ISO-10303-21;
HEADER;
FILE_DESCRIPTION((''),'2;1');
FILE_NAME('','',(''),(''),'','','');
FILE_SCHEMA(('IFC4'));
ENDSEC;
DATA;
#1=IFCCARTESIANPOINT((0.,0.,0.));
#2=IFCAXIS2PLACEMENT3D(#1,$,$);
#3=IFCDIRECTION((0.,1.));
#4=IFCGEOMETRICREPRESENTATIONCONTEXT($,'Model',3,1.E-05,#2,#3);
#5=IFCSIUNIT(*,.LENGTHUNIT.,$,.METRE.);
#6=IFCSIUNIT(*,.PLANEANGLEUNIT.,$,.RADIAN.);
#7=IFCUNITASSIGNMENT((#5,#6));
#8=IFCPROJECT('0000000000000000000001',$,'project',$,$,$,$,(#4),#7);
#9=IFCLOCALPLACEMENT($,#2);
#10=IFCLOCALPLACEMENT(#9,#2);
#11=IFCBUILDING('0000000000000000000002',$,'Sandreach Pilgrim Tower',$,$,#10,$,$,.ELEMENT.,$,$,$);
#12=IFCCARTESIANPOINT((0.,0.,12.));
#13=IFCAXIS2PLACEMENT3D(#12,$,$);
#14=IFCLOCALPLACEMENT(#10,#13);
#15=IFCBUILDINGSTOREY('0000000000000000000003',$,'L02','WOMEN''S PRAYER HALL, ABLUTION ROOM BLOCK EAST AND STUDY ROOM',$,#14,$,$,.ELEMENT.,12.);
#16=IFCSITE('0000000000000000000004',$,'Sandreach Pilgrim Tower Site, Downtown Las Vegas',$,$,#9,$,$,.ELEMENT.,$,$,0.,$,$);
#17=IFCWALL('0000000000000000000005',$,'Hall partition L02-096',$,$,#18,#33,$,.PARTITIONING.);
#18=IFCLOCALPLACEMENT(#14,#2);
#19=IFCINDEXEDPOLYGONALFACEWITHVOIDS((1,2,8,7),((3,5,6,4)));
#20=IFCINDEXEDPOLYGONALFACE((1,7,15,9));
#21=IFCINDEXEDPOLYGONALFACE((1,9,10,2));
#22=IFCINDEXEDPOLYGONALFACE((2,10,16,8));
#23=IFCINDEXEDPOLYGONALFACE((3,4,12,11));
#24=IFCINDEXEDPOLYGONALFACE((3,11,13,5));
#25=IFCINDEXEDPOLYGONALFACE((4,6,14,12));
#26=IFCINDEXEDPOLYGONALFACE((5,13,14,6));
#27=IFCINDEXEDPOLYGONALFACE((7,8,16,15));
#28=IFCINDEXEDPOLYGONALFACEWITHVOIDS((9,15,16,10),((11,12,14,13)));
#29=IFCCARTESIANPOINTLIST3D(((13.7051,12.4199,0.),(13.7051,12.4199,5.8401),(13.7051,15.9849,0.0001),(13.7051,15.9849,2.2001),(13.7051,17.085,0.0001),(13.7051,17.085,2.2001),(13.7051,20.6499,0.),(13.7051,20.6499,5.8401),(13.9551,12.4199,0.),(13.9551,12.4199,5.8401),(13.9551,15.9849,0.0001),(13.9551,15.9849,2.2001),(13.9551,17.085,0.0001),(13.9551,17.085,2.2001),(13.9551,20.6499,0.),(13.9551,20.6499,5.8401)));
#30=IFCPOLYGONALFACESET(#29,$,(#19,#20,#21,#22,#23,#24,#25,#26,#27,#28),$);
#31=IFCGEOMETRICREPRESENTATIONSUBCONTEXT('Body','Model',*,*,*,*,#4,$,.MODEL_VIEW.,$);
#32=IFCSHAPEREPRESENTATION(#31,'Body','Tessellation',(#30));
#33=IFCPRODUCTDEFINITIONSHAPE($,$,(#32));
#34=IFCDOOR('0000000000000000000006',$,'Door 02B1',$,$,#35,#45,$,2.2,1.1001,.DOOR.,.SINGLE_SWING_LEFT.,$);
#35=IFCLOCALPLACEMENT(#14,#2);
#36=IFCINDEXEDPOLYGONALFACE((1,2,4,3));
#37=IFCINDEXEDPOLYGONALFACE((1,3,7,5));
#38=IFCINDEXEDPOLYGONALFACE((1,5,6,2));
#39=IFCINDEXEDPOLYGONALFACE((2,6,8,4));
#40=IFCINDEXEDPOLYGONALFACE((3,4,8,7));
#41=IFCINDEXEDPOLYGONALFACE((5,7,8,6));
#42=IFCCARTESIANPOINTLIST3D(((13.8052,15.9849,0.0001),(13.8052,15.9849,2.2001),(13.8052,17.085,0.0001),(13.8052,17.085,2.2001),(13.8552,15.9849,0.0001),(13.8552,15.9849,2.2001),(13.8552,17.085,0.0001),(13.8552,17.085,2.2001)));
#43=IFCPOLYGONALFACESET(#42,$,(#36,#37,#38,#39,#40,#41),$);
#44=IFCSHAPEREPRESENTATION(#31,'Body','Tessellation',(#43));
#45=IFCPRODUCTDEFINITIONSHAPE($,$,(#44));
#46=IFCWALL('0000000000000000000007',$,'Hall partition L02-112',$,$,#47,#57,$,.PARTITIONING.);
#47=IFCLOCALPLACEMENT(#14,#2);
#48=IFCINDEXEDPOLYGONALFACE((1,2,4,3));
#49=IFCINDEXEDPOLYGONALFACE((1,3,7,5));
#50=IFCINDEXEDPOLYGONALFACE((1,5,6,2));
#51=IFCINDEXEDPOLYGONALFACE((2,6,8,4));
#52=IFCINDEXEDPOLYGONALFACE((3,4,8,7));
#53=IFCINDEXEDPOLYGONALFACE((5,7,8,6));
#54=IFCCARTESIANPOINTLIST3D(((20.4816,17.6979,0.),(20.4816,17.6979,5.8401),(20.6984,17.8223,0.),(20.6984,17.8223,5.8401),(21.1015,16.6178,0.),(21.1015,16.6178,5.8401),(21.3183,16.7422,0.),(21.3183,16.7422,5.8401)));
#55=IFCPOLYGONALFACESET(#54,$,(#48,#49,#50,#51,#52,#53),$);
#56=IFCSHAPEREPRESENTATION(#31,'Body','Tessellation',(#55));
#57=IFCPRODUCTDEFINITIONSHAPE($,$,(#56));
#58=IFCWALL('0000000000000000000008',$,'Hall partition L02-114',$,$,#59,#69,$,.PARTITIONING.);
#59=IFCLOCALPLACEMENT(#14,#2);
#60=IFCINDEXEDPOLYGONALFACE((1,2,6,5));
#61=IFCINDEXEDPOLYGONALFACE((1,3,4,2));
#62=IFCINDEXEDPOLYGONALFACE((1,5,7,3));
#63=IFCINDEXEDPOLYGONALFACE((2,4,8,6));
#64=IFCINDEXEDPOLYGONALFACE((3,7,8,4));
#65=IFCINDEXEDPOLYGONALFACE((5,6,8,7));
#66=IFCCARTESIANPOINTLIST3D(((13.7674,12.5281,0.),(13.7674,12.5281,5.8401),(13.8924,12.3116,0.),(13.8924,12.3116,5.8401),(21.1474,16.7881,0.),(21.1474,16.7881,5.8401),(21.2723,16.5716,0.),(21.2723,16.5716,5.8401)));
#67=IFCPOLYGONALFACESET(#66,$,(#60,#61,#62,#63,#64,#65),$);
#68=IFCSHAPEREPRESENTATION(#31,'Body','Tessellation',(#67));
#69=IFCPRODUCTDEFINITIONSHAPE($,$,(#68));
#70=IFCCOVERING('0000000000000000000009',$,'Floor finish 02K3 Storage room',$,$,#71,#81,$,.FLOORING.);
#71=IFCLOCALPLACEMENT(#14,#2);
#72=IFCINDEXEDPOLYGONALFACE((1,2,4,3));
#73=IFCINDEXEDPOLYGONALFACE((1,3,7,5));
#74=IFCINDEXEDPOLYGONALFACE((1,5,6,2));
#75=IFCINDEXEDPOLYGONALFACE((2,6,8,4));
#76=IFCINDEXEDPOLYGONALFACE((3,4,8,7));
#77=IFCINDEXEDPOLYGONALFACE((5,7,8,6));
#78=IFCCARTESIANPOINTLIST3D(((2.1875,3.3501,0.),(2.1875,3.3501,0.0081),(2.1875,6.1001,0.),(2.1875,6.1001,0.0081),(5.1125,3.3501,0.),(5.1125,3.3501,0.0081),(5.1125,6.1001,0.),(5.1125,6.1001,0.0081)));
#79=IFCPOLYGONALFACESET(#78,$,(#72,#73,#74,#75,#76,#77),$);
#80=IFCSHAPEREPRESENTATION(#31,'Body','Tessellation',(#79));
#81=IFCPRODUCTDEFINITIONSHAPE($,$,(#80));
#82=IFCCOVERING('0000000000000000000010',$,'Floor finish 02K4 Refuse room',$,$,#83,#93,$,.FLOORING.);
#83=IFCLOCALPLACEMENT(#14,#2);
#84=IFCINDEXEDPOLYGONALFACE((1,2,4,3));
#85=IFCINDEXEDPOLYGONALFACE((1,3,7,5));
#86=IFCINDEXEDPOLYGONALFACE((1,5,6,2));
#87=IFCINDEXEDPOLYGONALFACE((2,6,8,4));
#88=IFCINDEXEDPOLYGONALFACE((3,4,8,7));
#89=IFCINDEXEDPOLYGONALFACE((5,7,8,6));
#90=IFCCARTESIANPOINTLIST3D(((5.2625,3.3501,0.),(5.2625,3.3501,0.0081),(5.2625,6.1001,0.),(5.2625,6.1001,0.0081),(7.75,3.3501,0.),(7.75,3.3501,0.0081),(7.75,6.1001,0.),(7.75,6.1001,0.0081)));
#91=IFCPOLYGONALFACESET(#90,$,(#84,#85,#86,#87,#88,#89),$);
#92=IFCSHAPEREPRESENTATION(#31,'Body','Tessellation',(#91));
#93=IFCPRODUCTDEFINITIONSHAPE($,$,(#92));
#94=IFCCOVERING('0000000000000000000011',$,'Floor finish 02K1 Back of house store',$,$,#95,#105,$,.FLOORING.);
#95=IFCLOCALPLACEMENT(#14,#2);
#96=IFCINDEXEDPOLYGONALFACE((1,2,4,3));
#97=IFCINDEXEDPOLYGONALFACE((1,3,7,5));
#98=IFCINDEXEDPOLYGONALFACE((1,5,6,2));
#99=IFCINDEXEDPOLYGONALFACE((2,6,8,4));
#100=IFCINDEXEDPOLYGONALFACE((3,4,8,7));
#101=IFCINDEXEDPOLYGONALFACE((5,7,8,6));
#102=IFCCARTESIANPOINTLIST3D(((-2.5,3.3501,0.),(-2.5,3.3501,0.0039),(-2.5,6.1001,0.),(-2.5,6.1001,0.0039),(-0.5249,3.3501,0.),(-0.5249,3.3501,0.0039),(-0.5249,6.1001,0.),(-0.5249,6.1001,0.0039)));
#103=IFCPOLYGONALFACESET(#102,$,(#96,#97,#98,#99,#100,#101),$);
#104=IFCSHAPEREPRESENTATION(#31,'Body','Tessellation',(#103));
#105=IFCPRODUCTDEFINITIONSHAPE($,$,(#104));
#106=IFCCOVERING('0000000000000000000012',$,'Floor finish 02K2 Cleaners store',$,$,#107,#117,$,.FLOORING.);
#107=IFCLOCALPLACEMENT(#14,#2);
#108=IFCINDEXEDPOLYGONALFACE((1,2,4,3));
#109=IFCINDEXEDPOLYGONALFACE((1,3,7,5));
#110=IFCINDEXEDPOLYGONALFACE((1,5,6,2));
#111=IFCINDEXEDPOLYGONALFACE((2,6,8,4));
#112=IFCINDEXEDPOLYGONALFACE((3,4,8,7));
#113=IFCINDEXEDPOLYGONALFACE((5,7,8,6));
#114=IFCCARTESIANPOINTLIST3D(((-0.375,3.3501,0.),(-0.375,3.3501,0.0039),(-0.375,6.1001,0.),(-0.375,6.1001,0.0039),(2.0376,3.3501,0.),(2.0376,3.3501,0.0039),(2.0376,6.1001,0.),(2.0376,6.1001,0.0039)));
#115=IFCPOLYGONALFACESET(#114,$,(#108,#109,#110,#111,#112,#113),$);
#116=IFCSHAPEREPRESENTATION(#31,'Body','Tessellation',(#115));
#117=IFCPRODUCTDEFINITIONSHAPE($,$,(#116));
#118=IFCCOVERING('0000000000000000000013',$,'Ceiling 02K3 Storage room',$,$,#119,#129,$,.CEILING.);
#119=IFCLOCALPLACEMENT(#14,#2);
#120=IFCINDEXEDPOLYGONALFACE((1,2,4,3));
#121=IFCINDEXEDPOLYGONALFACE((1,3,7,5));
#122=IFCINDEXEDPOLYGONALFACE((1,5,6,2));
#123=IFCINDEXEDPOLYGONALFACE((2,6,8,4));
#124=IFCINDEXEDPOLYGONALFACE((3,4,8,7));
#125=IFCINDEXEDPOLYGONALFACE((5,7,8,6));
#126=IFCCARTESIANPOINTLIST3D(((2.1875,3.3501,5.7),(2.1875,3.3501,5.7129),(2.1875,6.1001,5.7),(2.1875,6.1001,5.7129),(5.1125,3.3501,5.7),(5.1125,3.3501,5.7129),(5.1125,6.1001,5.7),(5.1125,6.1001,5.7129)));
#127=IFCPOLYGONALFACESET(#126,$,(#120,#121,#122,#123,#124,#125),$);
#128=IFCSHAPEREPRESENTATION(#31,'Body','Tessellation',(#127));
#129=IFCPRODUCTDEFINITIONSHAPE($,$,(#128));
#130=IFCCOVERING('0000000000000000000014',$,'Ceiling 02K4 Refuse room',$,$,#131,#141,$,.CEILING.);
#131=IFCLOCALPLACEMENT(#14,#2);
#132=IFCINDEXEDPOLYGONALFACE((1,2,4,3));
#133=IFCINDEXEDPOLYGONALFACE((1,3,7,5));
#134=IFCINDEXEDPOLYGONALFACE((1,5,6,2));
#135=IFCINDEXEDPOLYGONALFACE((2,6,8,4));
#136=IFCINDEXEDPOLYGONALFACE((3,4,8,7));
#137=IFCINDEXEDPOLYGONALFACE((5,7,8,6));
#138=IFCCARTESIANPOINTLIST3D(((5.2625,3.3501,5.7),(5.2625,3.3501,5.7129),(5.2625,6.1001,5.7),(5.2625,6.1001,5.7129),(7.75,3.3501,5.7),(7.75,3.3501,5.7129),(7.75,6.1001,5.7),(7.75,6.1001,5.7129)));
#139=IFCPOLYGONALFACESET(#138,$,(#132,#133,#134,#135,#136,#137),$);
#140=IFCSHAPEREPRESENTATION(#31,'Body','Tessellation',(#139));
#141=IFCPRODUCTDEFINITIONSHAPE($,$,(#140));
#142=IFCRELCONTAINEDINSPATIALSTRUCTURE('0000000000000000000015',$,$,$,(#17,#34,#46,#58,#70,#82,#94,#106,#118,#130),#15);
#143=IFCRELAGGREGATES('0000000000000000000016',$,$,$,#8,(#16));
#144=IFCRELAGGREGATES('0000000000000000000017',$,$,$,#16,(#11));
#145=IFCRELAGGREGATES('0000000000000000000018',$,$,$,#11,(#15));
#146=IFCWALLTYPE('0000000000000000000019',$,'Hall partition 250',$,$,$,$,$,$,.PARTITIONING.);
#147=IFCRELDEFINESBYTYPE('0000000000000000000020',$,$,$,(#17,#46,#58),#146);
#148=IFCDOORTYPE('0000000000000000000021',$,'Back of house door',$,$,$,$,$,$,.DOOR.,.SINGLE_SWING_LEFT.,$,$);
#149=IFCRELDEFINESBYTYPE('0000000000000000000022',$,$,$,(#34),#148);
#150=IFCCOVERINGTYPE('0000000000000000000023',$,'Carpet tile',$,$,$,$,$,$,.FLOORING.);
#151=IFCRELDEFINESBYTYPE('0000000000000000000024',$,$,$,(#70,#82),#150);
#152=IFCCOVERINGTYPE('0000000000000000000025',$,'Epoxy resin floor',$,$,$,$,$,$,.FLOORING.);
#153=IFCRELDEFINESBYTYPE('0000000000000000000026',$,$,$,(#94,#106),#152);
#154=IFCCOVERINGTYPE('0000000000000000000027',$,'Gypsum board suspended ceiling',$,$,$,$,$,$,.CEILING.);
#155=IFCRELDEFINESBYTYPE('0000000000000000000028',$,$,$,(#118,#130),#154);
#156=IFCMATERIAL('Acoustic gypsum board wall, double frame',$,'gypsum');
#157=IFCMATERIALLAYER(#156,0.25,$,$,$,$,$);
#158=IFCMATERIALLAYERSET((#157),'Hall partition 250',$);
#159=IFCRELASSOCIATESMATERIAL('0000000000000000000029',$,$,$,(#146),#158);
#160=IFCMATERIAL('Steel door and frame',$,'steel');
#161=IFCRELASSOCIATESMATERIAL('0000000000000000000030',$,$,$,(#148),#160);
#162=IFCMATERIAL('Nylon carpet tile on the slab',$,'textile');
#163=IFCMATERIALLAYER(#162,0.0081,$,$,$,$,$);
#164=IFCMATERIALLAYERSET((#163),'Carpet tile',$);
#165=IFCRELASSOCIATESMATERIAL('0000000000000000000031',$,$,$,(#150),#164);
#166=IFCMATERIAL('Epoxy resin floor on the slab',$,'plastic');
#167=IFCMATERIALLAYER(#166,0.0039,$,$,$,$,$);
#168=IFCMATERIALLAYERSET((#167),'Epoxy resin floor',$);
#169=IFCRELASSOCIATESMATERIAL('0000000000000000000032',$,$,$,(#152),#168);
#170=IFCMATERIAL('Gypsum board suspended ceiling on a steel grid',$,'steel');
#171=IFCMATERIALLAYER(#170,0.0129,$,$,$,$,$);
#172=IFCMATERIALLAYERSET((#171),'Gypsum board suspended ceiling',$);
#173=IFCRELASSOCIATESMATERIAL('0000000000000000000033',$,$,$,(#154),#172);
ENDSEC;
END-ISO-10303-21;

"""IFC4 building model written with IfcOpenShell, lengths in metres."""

from ifc_helpers import new_model, si_unit, direction, frame, frame_2d, origin, place, context, subcontext, project, spatial, polyline, rectangle, outline, extrude, material, layer, layer_set, type_object, element, fill, save


model = new_model("IFC4")

# Units and contexts
model_context = context("Model", 3, precision=1e-05, world=origin(), true_north=direction((0.0, 1.0)))
body_context = subcontext(model_context, "Body", "Model", "MODEL_VIEW")
ifc_project = project(units=[si_unit("LENGTHUNIT", "METRE"), si_unit("PLANEANGLEUNIT", "RADIAN")], contexts=[model_context])

# Site, building, storey
site_placement = place(None, origin())
site = spatial("IfcSite", under=ifc_project, at=site_placement, Name="Sandreach Pilgrim Tower Site, Downtown Las Vegas", CompositionType="ELEMENT", RefElevation=0.0)
building_placement = place(site_placement, origin())
building = spatial("IfcBuilding", under=site, at=building_placement, Name="Sandreach Pilgrim Tower", CompositionType="ELEMENT")
storey_placement = place(building_placement, frame((0.0, 0.0, 12.0)))
storey = spatial("IfcBuildingStorey", under=building, at=storey_placement, Name="L02", Description="WOMEN'S PRAYER HALL, ABLUTION ROOM BLOCK EAST AND STUDY ROOM", CompositionType="ELEMENT", Elevation=12.0)

# Shared definitions
ifc_material_1 = material(Name="Acoustic gypsum board wall, double frame", Category="gypsum")
ifc_layer_1 = layer(ifc_material_1, 0.25)
ifc_layer_set_1 = layer_set([ifc_layer_1], Name="Hall partition 250")
wall_type_1 = type_object("IfcWallType", Name="Hall partition 250", PredefinedType="PARTITIONING", material=ifc_layer_set_1)
ifc_material_2 = material(Name="Steel door and frame", Category="steel")
door_type_1 = type_object("IfcDoorType", Name="Back of house door", OperationType="SINGLE_SWING_LEFT", PredefinedType="DOOR", material=ifc_material_2)

# Wall, opening, door
wall_1_placement = place(storey_placement, frame((13.8301, 12.4199, 0.0), z_axis=(0.0, 0.0, 1.0), x_axis=(0.0, 1.0, 0.0)))
wall_1 = element("IfcWall", 1, at=wall_1_placement, inside=storey, type_object=wall_type_1, Name="Hall partition L02-096", PredefinedType="PARTITIONING", context=body_context, shape_type="SweptSolid", body=[
    extrude(rectangle(XDim=8.23, YDim=0.25, at=frame_2d((4.115, 0.0))), origin(), (0.0, 0.0, 1.0), 5.8401),
])
opening_1_placement = place(wall_1_placement, frame((3.5649, 0.0, 0.0)))
opening_1 = element("IfcOpeningElement", 2, at=opening_1_placement, cuts=wall_1, PredefinedType="OPENING", context=body_context, shape_type="SweptSolid", body=[
    extrude(rectangle(XDim=1.1001, YDim=2.2, at=frame_2d((0.55, 1.1001))), frame((0.0, 0.125, 0.0), z_axis=(0.0, -1.0, 0.0), x_axis=(1.0, 0.0, 0.0)), (0.0, 0.0, 1.0), 0.25),
])
door_1_placement = place(opening_1_placement, origin())
door_1 = element("IfcDoor", 3, at=door_1_placement, inside=storey, type_object=door_type_1, Name="Door 02B1", OperationType="SINGLE_SWING_LEFT", OverallHeight=2.2, OverallWidth=1.1001, PredefinedType="DOOR", context=body_context, shape_type="SweptSolid", body=[
    extrude(rectangle(XDim=1.1001, YDim=2.2, at=frame_2d((0.55, 1.1001))), frame((0.0, 0.0249, 0.0), z_axis=(0.0, -1.0, 0.0), x_axis=(1.0, 0.0, 0.0)), (0.0, 0.0, 1.0), 0.05),
])
fill(opening_1, door_1)

# Walls
wall_2_placement = place(storey_placement, frame((20.5901, 17.76, 0.0), z_axis=(0.0, 0.0, 1.0), x_axis=(0.497764, -0.867313, 0.0)))
element("IfcWall", 4, at=wall_2_placement, inside=storey, type_object=wall_type_1, Name="Hall partition L02-112", PredefinedType="PARTITIONING", context=body_context, shape_type="SweptSolid", body=[
    extrude(rectangle(XDim=1.2454, YDim=0.25, at=frame_2d((0.6226, 0.0))), origin(), (0.0, 0.0, 1.0), 5.8401),
])
wall_3_placement = place(storey_placement, frame((21.21, 16.6799, 0.0), z_axis=(0.0, 0.0, 1.0), x_axis=(-0.866064, -0.499932, 0.0)))
element("IfcWall", 5, at=wall_3_placement, inside=storey, type_object=wall_type_1, Name="Hall partition L02-114", PredefinedType="PARTITIONING", context=body_context, shape_type="SweptSolid", body=[
    extrude(rectangle(XDim=8.5212, YDim=0.25, at=frame_2d((4.2607, 0.0))), origin(), (0.0, 0.0, 1.0), 5.8401),
])

# Coverings
ifc_material_3 = material(Name="Nylon carpet tile on the slab", Category="textile")
ifc_layer_2 = layer(ifc_material_3, 0.0081)
ifc_layer_set_2 = layer_set([ifc_layer_2], Name="Carpet tile")
covering_type_1 = type_object("IfcCoveringType", Name="Carpet tile", PredefinedType="FLOORING", material=ifc_layer_set_2)
covering_1_placement = place(storey_placement, origin())
element("IfcCovering", 6, at=covering_1_placement, inside=storey, type_object=covering_type_1, Name="Floor finish 02K3 Storage room", PredefinedType="FLOORING", context=body_context, shape_type="SweptSolid", body=[
    extrude(outline(polyline([(2.1875, 6.1001), (5.1125, 6.1001), (5.1125, 3.3501), (2.1875, 3.3501), (2.1875, 6.1001)])), origin(), (0.0, 0.0, 1.0), 0.0081),
])
covering_2_placement = place(storey_placement, origin())
element("IfcCovering", 7, at=covering_2_placement, inside=storey, type_object=covering_type_1, Name="Floor finish 02K4 Refuse room", PredefinedType="FLOORING", context=body_context, shape_type="SweptSolid", body=[
    extrude(outline(polyline([(5.2625, 6.1001), (7.75, 6.1001), (7.75, 3.3501), (5.2625, 3.3501), (5.2625, 6.1001)])), origin(), (0.0, 0.0, 1.0), 0.0081),
])
ifc_material_4 = material(Name="Epoxy resin floor on the slab", Category="plastic")
ifc_layer_3 = layer(ifc_material_4, 0.0039)
ifc_layer_set_3 = layer_set([ifc_layer_3], Name="Epoxy resin floor")
covering_type_2 = type_object("IfcCoveringType", Name="Epoxy resin floor", PredefinedType="FLOORING", material=ifc_layer_set_3)
covering_3_placement = place(storey_placement, origin())
element("IfcCovering", 8, at=covering_3_placement, inside=storey, type_object=covering_type_2, Name="Floor finish 02K1 Back of house store", PredefinedType="FLOORING", context=body_context, shape_type="SweptSolid", body=[
    extrude(outline(polyline([(-2.5, 6.1001), (-0.5249, 6.1001), (-0.5249, 3.3501), (-2.5, 3.3501), (-2.5, 6.1001)])), origin(), (0.0, 0.0, 1.0), 0.0039),
])
covering_4_placement = place(storey_placement, origin())
element("IfcCovering", 9, at=covering_4_placement, inside=storey, type_object=covering_type_2, Name="Floor finish 02K2 Cleaners store", PredefinedType="FLOORING", context=body_context, shape_type="SweptSolid", body=[
    extrude(outline(polyline([(-0.375, 6.1001), (2.0376, 6.1001), (2.0376, 3.3501), (-0.375, 3.3501), (-0.375, 6.1001)])), origin(), (0.0, 0.0, 1.0), 0.0039),
])
ifc_material_5 = material(Name="Gypsum board suspended ceiling on a steel grid", Category="steel")
ifc_layer_4 = layer(ifc_material_5, 0.0129)
ifc_layer_set_4 = layer_set([ifc_layer_4], Name="Gypsum board suspended ceiling")
covering_type_3 = type_object("IfcCoveringType", Name="Gypsum board suspended ceiling", PredefinedType="CEILING", material=ifc_layer_set_4)
covering_5_placement = place(storey_placement, frame((0.0, 0.0, 5.7)))
element("IfcCovering", 10, at=covering_5_placement, inside=storey, type_object=covering_type_3, Name="Ceiling 02K3 Storage room", PredefinedType="CEILING", context=body_context, shape_type="SweptSolid", body=[
    extrude(outline(polyline([(2.1875, 6.1001), (5.1125, 6.1001), (5.1125, 3.3501), (2.1875, 3.3501), (2.1875, 6.1001)])), origin(), (0.0, 0.0, 1.0), 0.0129),
])
covering_6_placement = place(storey_placement, frame((0.0, 0.0, 5.7)))
element("IfcCovering", 11, at=covering_6_placement, inside=storey, type_object=covering_type_3, Name="Ceiling 02K4 Refuse room", PredefinedType="CEILING", context=body_context, shape_type="SweptSolid", body=[
    extrude(outline(polyline([(5.2625, 6.1001), (7.75, 6.1001), (7.75, 3.3501), (5.2625, 3.3501), (5.2625, 6.1001)])), origin(), (0.0, 0.0, 1.0), 0.0129),
])

save(model, "model.ifc")
